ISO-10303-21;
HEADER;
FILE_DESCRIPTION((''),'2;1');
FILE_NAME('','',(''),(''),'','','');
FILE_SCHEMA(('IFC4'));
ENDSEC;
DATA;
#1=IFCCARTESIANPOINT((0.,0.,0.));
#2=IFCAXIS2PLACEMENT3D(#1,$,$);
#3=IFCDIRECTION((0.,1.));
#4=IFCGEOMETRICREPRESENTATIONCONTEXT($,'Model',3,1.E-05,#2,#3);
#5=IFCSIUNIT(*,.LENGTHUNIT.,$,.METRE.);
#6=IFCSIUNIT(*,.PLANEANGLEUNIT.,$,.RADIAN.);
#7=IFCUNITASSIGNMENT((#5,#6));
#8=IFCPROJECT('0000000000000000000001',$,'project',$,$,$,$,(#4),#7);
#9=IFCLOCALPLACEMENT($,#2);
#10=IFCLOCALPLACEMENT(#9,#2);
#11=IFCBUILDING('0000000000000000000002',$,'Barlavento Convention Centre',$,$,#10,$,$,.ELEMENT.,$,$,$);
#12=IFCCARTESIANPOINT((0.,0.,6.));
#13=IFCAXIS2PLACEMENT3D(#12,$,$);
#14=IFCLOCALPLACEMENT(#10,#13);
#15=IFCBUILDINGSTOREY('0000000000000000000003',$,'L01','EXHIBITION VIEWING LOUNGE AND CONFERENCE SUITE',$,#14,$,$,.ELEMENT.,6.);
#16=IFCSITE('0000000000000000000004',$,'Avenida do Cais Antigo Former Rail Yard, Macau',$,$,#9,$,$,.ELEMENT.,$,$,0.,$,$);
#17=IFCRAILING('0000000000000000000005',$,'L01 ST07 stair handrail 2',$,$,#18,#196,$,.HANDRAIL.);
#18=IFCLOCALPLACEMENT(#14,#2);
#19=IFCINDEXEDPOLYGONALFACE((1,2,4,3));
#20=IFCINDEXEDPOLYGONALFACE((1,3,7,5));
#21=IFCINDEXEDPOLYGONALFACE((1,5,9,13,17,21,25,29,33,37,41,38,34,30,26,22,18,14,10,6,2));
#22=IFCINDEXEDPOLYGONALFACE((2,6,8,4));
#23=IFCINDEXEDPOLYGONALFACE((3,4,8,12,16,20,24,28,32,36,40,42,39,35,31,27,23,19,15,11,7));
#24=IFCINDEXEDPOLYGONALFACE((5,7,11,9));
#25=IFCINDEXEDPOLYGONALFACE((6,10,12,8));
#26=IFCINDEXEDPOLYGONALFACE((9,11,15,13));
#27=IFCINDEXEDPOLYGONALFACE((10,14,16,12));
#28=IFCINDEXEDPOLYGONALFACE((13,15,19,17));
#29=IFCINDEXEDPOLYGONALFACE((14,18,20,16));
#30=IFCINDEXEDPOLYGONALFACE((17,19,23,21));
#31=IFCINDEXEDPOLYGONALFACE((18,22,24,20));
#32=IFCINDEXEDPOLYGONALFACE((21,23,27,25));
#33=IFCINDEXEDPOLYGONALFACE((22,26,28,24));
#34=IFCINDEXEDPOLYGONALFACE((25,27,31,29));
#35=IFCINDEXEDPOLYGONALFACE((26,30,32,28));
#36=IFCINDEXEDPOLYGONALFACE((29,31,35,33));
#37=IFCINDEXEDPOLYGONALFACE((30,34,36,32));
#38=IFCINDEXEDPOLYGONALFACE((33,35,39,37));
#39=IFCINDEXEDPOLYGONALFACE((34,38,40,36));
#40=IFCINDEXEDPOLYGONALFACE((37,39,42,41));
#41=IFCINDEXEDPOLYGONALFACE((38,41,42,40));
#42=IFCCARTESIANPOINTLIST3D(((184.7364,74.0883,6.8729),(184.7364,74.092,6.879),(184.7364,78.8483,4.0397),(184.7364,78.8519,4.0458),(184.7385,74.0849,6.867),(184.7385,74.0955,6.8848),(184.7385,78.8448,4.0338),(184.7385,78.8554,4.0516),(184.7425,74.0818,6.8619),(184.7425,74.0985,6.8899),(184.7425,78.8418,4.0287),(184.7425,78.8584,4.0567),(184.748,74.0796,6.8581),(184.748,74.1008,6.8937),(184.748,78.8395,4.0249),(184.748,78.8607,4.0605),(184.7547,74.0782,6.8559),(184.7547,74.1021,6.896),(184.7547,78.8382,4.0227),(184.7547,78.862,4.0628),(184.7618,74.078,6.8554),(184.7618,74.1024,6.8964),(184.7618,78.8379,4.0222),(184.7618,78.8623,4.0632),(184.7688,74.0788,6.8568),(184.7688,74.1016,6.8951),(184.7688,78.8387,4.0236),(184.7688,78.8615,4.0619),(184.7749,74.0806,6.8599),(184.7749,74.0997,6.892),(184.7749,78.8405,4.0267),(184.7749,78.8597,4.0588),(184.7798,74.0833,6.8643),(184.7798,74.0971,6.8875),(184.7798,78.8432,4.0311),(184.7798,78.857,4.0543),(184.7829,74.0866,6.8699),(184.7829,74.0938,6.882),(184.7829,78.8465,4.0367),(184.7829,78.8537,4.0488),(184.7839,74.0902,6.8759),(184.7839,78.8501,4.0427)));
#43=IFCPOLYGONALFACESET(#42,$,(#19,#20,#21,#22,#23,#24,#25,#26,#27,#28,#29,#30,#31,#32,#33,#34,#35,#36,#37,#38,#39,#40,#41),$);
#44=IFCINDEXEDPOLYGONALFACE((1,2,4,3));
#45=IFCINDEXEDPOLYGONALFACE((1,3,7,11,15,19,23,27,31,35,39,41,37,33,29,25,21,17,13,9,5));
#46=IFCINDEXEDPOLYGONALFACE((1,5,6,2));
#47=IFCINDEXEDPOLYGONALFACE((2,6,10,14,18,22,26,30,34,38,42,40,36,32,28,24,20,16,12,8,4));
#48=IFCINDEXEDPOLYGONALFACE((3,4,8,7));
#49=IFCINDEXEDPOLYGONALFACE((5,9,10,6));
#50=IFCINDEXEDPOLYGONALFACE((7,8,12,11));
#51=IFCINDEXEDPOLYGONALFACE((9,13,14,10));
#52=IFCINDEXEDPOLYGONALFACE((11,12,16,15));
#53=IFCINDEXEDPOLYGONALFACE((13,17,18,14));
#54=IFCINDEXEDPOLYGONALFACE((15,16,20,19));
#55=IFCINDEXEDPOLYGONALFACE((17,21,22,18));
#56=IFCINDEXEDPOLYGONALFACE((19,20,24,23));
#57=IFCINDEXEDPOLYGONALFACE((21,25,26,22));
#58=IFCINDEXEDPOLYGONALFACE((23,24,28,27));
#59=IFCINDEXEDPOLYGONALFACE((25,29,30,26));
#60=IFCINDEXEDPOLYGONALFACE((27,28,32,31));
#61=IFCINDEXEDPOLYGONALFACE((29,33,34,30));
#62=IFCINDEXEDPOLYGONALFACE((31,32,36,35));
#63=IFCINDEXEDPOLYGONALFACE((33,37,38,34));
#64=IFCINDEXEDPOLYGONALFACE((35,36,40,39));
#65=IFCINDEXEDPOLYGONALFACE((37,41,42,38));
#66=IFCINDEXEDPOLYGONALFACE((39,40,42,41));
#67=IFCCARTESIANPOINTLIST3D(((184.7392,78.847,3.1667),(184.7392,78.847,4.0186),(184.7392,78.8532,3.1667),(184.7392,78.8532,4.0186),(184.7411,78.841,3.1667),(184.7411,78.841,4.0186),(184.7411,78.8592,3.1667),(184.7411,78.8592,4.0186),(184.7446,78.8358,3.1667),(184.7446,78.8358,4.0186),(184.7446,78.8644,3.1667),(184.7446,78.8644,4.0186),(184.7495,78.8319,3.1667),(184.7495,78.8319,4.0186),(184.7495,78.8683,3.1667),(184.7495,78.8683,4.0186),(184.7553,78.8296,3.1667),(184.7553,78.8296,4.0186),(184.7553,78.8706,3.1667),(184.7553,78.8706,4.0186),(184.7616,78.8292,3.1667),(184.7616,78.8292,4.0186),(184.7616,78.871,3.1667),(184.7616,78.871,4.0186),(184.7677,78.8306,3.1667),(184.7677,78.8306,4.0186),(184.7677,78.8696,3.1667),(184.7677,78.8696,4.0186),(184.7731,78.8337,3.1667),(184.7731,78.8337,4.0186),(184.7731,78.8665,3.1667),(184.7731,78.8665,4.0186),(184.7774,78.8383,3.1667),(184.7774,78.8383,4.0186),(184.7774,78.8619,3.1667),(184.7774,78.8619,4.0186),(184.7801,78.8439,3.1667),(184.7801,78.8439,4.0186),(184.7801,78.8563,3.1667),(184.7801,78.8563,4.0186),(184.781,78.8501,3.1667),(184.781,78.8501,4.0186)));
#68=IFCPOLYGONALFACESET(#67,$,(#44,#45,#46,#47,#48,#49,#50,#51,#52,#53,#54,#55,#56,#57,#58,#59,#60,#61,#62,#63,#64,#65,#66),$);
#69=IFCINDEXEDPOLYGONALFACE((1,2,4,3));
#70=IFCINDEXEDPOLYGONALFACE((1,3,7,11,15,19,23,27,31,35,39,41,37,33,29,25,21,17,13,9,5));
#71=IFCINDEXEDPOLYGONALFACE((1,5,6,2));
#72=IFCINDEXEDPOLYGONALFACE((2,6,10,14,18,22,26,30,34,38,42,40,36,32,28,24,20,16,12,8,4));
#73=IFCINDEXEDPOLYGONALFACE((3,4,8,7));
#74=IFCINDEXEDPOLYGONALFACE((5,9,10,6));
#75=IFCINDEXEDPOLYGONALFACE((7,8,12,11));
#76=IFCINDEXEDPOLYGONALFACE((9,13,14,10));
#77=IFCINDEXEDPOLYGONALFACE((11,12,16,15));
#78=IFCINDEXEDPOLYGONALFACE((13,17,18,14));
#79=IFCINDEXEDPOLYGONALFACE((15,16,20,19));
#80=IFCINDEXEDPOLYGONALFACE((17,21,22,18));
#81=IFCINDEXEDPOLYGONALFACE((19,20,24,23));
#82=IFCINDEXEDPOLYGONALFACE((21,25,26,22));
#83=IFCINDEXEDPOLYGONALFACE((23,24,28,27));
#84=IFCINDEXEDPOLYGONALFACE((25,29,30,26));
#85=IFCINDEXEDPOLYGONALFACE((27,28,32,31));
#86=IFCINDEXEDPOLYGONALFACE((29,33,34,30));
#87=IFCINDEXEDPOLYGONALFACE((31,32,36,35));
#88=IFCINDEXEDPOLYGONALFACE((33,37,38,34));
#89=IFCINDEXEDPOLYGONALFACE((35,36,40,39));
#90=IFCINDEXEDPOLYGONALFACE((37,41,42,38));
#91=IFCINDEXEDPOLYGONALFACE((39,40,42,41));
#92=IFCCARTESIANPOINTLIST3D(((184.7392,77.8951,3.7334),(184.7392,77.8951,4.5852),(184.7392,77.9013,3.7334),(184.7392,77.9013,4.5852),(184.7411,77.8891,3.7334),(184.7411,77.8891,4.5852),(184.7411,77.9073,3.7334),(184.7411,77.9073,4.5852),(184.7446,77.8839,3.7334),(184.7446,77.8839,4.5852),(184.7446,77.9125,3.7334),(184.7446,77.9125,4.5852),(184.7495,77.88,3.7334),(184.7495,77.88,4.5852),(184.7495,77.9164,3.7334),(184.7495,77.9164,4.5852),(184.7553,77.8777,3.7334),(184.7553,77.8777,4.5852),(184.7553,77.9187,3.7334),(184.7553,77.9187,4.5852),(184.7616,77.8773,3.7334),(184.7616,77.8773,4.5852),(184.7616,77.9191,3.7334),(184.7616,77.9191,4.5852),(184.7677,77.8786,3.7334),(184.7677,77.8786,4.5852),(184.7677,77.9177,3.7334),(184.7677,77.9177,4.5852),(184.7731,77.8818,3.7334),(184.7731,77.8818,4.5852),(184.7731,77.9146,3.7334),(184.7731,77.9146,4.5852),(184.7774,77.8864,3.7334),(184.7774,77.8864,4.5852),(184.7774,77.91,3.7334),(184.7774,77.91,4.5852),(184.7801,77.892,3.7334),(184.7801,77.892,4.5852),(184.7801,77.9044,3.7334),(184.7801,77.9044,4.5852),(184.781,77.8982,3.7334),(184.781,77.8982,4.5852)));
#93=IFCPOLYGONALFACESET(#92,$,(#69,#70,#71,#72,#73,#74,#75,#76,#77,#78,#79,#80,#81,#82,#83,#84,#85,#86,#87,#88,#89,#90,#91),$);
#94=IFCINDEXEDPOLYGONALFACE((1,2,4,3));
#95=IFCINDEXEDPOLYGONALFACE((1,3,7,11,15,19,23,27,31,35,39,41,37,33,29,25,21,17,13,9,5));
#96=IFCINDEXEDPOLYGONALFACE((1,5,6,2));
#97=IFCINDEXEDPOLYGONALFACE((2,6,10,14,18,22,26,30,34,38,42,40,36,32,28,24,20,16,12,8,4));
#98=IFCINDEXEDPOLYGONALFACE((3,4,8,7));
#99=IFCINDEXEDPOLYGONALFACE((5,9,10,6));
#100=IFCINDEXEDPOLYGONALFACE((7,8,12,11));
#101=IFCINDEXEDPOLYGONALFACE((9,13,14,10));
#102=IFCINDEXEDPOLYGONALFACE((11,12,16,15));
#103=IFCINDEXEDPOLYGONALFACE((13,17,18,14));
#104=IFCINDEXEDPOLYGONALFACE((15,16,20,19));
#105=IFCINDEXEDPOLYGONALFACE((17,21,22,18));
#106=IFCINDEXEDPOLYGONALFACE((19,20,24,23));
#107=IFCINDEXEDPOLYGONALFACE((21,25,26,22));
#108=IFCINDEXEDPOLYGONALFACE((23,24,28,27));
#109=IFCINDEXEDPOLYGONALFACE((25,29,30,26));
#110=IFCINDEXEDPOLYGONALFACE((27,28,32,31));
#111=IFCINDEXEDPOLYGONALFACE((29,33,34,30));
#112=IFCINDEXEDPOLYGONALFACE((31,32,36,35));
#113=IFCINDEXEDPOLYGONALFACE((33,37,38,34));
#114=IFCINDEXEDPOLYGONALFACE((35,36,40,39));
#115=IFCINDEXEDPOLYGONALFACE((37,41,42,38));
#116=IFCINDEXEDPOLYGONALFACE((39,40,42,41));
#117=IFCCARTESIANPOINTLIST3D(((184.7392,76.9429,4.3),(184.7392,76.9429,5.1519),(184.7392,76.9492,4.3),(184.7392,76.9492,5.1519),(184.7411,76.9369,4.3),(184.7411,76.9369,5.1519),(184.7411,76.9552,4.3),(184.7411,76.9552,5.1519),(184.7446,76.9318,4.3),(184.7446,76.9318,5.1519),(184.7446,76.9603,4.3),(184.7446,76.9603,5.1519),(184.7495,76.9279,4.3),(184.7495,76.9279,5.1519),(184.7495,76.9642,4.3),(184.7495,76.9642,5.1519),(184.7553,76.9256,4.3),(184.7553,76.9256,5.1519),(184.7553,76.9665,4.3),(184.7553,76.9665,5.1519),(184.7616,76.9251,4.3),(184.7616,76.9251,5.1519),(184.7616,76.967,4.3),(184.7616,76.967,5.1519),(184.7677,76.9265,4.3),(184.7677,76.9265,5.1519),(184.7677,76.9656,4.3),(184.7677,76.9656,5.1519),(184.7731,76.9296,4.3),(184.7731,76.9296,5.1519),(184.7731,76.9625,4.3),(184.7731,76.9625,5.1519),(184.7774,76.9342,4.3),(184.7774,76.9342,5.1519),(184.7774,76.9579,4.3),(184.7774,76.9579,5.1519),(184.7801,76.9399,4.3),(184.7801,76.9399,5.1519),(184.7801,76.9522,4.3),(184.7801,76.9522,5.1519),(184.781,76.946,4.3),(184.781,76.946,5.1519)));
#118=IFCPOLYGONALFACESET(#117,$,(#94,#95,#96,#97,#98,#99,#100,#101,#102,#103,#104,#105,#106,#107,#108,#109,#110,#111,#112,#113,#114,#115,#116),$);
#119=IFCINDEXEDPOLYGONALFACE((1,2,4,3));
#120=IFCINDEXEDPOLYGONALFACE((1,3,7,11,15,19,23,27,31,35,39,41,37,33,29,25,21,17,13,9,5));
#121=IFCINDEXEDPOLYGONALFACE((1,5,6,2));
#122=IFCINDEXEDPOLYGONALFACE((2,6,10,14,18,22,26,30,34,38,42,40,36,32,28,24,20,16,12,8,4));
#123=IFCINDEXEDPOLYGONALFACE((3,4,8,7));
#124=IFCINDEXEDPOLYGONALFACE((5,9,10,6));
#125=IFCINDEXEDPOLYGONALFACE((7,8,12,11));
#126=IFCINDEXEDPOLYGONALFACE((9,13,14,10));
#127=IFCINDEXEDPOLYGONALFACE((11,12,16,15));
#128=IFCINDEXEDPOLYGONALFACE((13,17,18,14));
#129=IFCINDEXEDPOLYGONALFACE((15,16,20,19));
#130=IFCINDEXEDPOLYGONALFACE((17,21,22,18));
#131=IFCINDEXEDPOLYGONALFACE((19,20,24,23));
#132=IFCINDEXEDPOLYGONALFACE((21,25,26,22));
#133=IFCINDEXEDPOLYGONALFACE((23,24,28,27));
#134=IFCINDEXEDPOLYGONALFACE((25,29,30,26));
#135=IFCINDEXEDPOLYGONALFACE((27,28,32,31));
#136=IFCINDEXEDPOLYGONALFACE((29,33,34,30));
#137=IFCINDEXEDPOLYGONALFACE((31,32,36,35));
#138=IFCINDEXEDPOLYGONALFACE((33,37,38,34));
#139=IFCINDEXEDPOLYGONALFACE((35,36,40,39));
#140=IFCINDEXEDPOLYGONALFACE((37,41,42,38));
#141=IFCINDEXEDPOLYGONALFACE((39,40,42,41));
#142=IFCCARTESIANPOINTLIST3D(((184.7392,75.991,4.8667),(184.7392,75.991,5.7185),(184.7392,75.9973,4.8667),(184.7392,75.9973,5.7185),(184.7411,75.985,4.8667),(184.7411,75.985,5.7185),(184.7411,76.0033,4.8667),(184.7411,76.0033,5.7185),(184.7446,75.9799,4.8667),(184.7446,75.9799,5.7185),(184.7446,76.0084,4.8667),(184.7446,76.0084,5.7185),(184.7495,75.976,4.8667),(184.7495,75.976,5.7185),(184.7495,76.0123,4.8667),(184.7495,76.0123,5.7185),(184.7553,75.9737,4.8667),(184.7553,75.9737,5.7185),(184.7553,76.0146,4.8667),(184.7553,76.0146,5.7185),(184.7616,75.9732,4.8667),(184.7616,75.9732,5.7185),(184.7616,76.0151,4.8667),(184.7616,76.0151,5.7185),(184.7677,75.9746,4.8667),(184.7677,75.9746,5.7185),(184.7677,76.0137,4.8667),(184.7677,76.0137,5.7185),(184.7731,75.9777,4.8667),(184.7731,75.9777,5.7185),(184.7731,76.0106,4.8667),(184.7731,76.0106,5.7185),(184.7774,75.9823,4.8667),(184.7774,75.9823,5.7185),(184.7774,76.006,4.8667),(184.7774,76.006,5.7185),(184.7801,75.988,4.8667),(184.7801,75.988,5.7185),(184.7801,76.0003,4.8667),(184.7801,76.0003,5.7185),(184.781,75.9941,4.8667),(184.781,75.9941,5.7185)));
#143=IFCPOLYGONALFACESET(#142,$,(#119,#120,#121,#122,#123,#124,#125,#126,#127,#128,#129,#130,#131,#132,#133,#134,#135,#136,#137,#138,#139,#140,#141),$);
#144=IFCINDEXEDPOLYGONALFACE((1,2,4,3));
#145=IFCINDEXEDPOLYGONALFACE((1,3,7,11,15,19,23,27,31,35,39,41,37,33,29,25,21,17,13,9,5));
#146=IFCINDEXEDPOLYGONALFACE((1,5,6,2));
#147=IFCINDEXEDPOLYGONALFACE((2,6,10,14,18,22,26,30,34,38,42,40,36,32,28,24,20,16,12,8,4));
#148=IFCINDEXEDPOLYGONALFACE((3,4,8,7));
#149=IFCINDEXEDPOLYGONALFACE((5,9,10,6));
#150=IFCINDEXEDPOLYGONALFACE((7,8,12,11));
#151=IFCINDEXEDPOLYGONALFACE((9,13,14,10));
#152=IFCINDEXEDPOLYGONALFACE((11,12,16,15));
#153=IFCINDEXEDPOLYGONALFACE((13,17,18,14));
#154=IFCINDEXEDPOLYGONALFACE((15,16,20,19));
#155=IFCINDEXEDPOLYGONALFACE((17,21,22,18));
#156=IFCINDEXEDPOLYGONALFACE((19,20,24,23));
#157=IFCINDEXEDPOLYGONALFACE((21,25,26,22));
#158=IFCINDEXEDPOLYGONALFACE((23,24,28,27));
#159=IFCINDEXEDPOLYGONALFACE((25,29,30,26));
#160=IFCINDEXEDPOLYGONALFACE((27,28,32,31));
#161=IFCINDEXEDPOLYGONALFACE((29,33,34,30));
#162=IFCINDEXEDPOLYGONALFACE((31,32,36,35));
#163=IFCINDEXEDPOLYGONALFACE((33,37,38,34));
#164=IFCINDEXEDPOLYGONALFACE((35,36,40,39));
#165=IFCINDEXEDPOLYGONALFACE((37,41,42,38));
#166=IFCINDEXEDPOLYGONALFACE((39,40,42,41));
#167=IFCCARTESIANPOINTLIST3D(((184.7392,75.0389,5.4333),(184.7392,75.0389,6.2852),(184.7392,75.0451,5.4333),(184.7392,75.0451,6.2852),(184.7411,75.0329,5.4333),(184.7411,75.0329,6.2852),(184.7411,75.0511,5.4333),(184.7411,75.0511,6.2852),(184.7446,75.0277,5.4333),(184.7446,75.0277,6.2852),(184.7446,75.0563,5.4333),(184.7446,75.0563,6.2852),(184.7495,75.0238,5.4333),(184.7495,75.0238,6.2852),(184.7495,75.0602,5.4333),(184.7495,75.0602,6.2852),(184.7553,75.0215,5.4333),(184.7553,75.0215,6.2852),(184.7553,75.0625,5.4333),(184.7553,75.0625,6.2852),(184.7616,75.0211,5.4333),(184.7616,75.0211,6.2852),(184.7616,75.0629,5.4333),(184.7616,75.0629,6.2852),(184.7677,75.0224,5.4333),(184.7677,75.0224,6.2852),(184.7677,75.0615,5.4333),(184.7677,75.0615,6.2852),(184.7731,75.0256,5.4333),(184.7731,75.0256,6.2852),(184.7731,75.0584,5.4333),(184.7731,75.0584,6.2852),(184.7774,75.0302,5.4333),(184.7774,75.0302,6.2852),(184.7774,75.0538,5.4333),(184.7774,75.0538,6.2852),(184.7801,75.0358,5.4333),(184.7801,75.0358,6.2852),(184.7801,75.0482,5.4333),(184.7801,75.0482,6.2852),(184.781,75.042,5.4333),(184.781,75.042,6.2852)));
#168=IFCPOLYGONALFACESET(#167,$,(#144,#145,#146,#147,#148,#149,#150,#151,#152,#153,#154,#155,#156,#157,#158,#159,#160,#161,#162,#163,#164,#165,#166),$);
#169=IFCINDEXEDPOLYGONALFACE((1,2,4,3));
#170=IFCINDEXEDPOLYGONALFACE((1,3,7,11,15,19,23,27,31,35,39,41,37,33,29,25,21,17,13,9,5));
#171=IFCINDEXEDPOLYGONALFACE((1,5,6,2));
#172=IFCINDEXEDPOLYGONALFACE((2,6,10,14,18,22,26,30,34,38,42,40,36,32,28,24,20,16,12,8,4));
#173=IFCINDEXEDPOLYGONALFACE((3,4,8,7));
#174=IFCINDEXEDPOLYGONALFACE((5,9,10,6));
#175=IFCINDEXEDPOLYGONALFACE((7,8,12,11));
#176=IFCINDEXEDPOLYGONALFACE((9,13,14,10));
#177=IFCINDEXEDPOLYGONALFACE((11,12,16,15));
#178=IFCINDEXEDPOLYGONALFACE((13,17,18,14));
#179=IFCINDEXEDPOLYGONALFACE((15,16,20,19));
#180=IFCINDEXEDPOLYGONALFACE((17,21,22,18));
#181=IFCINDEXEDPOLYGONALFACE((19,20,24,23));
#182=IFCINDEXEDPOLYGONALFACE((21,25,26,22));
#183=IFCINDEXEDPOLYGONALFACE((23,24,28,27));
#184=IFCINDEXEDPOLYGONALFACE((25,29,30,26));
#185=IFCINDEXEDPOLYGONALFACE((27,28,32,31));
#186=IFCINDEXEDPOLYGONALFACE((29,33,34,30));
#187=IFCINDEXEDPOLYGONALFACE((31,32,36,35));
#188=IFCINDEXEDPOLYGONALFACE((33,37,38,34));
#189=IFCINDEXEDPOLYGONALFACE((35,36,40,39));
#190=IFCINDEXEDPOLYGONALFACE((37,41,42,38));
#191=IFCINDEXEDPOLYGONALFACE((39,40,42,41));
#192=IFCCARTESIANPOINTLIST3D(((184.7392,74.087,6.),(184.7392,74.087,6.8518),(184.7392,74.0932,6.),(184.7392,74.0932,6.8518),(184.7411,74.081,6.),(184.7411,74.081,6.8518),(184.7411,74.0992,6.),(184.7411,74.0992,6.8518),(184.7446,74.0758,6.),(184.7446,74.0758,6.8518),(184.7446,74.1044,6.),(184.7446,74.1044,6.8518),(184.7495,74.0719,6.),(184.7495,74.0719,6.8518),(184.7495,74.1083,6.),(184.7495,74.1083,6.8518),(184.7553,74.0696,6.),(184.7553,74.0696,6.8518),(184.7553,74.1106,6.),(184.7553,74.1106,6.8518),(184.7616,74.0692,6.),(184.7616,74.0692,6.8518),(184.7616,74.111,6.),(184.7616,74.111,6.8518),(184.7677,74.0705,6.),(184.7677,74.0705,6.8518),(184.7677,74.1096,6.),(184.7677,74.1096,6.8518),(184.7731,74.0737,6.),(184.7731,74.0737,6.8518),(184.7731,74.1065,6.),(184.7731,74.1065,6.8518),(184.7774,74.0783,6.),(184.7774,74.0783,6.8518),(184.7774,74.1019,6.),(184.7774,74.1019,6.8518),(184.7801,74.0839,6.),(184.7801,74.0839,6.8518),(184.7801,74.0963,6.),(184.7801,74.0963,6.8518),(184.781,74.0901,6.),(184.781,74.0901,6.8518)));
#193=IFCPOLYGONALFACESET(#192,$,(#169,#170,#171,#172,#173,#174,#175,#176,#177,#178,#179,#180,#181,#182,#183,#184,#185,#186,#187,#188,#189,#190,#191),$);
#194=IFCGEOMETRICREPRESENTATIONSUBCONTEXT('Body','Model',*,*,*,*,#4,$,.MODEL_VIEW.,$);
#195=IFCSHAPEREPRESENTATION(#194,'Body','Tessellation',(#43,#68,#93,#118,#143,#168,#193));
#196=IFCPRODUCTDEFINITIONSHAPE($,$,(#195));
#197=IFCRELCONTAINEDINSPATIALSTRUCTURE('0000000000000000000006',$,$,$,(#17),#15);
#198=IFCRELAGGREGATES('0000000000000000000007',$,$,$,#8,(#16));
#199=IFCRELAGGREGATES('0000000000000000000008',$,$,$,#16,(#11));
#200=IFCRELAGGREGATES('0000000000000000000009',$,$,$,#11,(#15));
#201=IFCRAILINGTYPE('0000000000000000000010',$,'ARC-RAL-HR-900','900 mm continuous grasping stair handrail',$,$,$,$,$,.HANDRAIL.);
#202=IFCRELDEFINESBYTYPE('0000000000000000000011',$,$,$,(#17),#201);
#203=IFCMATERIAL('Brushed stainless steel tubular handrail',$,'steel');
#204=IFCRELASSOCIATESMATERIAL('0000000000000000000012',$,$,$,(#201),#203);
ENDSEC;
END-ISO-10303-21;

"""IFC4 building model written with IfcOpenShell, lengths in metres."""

from ifc_helpers import new_model, si_unit, direction, frame, origin, origin_2d, place, context, subcontext, project, spatial, circle, extrude, material, type_object, element, save


model = new_model("IFC4")

# Units and contexts
model_context = context("Model", 3, precision=1e-05, world=origin(), true_north=direction((0.0, 1.0)))
body_context = subcontext(model_context, "Body", "Model", "MODEL_VIEW")
ifc_project = project(units=[si_unit("LENGTHUNIT", "METRE"), si_unit("PLANEANGLEUNIT", "RADIAN")], contexts=[model_context])

# Site, building, storey
site_placement = place(None, origin())
site = spatial("IfcSite", under=ifc_project, at=site_placement, Name="Avenida do Cais Antigo Former Rail Yard, Macau", CompositionType="ELEMENT", RefElevation=0.0)
building_placement = place(site_placement, origin())
building = spatial("IfcBuilding", under=site, at=building_placement, Name="Barlavento Convention Centre", CompositionType="ELEMENT")
storey_placement = place(building_placement, frame((0.0, 0.0, 6.0)))
storey = spatial("IfcBuildingStorey", under=building, at=storey_placement, Name="L01", Description="EXHIBITION VIEWING LOUNGE AND CONFERENCE SUITE", CompositionType="ELEMENT", Elevation=6.0)

# Railing
ifc_material_1 = material(Name="Brushed stainless steel tubular handrail", Category="steel")
railing_type_1 = type_object("IfcRailingType", Name="ARC-RAL-HR-900", Description="900 mm continuous grasping stair handrail", PredefinedType="HANDRAIL", material=ifc_material_1)
railing_1_placement = place(storey_placement, frame((184.76, 78.8501, 3.1667)))
element("IfcRailing", 1, at=railing_1_placement, inside=storey, type_object=railing_type_1, Name="L01 ST07 stair handrail 2", PredefinedType="HANDRAIL", context=body_context, shape_type="SweptSolid", body=[
    extrude(circle(Radius=0.0239, at=origin_2d()), frame((0.0, 0.0, 0.876), z_axis=(0.0, -0.8593, 0.511472), x_axis=(1.0, 0.0, 0.0)), (0.0, 0.0, 1.0), 5.5393),
    extrude(circle(Radius=0.021, at=origin_2d()), origin(), (0.0, 0.0, 1.0), 0.8518),
    extrude(circle(Radius=0.021, at=origin_2d()), frame((0.0, -0.9519, 0.5667)), (0.0, 0.0, 1.0), 0.8518),
    extrude(circle(Radius=0.021, at=origin_2d()), frame((0.0, -1.9041, 1.1333)), (0.0, 0.0, 1.0), 0.8518),
    extrude(circle(Radius=0.021, at=origin_2d()), frame((0.0, -2.856, 1.7)), (0.0, 0.0, 1.0), 0.8518),
    extrude(circle(Radius=0.021, at=origin_2d()), frame((0.0, -3.8081, 2.2666)), (0.0, 0.0, 1.0), 0.8518),
    extrude(circle(Radius=0.021, at=origin_2d()), frame((0.0, -4.76, 2.8333)), (0.0, 0.0, 1.0), 0.8518),
])

save(model, "model.ifc")
